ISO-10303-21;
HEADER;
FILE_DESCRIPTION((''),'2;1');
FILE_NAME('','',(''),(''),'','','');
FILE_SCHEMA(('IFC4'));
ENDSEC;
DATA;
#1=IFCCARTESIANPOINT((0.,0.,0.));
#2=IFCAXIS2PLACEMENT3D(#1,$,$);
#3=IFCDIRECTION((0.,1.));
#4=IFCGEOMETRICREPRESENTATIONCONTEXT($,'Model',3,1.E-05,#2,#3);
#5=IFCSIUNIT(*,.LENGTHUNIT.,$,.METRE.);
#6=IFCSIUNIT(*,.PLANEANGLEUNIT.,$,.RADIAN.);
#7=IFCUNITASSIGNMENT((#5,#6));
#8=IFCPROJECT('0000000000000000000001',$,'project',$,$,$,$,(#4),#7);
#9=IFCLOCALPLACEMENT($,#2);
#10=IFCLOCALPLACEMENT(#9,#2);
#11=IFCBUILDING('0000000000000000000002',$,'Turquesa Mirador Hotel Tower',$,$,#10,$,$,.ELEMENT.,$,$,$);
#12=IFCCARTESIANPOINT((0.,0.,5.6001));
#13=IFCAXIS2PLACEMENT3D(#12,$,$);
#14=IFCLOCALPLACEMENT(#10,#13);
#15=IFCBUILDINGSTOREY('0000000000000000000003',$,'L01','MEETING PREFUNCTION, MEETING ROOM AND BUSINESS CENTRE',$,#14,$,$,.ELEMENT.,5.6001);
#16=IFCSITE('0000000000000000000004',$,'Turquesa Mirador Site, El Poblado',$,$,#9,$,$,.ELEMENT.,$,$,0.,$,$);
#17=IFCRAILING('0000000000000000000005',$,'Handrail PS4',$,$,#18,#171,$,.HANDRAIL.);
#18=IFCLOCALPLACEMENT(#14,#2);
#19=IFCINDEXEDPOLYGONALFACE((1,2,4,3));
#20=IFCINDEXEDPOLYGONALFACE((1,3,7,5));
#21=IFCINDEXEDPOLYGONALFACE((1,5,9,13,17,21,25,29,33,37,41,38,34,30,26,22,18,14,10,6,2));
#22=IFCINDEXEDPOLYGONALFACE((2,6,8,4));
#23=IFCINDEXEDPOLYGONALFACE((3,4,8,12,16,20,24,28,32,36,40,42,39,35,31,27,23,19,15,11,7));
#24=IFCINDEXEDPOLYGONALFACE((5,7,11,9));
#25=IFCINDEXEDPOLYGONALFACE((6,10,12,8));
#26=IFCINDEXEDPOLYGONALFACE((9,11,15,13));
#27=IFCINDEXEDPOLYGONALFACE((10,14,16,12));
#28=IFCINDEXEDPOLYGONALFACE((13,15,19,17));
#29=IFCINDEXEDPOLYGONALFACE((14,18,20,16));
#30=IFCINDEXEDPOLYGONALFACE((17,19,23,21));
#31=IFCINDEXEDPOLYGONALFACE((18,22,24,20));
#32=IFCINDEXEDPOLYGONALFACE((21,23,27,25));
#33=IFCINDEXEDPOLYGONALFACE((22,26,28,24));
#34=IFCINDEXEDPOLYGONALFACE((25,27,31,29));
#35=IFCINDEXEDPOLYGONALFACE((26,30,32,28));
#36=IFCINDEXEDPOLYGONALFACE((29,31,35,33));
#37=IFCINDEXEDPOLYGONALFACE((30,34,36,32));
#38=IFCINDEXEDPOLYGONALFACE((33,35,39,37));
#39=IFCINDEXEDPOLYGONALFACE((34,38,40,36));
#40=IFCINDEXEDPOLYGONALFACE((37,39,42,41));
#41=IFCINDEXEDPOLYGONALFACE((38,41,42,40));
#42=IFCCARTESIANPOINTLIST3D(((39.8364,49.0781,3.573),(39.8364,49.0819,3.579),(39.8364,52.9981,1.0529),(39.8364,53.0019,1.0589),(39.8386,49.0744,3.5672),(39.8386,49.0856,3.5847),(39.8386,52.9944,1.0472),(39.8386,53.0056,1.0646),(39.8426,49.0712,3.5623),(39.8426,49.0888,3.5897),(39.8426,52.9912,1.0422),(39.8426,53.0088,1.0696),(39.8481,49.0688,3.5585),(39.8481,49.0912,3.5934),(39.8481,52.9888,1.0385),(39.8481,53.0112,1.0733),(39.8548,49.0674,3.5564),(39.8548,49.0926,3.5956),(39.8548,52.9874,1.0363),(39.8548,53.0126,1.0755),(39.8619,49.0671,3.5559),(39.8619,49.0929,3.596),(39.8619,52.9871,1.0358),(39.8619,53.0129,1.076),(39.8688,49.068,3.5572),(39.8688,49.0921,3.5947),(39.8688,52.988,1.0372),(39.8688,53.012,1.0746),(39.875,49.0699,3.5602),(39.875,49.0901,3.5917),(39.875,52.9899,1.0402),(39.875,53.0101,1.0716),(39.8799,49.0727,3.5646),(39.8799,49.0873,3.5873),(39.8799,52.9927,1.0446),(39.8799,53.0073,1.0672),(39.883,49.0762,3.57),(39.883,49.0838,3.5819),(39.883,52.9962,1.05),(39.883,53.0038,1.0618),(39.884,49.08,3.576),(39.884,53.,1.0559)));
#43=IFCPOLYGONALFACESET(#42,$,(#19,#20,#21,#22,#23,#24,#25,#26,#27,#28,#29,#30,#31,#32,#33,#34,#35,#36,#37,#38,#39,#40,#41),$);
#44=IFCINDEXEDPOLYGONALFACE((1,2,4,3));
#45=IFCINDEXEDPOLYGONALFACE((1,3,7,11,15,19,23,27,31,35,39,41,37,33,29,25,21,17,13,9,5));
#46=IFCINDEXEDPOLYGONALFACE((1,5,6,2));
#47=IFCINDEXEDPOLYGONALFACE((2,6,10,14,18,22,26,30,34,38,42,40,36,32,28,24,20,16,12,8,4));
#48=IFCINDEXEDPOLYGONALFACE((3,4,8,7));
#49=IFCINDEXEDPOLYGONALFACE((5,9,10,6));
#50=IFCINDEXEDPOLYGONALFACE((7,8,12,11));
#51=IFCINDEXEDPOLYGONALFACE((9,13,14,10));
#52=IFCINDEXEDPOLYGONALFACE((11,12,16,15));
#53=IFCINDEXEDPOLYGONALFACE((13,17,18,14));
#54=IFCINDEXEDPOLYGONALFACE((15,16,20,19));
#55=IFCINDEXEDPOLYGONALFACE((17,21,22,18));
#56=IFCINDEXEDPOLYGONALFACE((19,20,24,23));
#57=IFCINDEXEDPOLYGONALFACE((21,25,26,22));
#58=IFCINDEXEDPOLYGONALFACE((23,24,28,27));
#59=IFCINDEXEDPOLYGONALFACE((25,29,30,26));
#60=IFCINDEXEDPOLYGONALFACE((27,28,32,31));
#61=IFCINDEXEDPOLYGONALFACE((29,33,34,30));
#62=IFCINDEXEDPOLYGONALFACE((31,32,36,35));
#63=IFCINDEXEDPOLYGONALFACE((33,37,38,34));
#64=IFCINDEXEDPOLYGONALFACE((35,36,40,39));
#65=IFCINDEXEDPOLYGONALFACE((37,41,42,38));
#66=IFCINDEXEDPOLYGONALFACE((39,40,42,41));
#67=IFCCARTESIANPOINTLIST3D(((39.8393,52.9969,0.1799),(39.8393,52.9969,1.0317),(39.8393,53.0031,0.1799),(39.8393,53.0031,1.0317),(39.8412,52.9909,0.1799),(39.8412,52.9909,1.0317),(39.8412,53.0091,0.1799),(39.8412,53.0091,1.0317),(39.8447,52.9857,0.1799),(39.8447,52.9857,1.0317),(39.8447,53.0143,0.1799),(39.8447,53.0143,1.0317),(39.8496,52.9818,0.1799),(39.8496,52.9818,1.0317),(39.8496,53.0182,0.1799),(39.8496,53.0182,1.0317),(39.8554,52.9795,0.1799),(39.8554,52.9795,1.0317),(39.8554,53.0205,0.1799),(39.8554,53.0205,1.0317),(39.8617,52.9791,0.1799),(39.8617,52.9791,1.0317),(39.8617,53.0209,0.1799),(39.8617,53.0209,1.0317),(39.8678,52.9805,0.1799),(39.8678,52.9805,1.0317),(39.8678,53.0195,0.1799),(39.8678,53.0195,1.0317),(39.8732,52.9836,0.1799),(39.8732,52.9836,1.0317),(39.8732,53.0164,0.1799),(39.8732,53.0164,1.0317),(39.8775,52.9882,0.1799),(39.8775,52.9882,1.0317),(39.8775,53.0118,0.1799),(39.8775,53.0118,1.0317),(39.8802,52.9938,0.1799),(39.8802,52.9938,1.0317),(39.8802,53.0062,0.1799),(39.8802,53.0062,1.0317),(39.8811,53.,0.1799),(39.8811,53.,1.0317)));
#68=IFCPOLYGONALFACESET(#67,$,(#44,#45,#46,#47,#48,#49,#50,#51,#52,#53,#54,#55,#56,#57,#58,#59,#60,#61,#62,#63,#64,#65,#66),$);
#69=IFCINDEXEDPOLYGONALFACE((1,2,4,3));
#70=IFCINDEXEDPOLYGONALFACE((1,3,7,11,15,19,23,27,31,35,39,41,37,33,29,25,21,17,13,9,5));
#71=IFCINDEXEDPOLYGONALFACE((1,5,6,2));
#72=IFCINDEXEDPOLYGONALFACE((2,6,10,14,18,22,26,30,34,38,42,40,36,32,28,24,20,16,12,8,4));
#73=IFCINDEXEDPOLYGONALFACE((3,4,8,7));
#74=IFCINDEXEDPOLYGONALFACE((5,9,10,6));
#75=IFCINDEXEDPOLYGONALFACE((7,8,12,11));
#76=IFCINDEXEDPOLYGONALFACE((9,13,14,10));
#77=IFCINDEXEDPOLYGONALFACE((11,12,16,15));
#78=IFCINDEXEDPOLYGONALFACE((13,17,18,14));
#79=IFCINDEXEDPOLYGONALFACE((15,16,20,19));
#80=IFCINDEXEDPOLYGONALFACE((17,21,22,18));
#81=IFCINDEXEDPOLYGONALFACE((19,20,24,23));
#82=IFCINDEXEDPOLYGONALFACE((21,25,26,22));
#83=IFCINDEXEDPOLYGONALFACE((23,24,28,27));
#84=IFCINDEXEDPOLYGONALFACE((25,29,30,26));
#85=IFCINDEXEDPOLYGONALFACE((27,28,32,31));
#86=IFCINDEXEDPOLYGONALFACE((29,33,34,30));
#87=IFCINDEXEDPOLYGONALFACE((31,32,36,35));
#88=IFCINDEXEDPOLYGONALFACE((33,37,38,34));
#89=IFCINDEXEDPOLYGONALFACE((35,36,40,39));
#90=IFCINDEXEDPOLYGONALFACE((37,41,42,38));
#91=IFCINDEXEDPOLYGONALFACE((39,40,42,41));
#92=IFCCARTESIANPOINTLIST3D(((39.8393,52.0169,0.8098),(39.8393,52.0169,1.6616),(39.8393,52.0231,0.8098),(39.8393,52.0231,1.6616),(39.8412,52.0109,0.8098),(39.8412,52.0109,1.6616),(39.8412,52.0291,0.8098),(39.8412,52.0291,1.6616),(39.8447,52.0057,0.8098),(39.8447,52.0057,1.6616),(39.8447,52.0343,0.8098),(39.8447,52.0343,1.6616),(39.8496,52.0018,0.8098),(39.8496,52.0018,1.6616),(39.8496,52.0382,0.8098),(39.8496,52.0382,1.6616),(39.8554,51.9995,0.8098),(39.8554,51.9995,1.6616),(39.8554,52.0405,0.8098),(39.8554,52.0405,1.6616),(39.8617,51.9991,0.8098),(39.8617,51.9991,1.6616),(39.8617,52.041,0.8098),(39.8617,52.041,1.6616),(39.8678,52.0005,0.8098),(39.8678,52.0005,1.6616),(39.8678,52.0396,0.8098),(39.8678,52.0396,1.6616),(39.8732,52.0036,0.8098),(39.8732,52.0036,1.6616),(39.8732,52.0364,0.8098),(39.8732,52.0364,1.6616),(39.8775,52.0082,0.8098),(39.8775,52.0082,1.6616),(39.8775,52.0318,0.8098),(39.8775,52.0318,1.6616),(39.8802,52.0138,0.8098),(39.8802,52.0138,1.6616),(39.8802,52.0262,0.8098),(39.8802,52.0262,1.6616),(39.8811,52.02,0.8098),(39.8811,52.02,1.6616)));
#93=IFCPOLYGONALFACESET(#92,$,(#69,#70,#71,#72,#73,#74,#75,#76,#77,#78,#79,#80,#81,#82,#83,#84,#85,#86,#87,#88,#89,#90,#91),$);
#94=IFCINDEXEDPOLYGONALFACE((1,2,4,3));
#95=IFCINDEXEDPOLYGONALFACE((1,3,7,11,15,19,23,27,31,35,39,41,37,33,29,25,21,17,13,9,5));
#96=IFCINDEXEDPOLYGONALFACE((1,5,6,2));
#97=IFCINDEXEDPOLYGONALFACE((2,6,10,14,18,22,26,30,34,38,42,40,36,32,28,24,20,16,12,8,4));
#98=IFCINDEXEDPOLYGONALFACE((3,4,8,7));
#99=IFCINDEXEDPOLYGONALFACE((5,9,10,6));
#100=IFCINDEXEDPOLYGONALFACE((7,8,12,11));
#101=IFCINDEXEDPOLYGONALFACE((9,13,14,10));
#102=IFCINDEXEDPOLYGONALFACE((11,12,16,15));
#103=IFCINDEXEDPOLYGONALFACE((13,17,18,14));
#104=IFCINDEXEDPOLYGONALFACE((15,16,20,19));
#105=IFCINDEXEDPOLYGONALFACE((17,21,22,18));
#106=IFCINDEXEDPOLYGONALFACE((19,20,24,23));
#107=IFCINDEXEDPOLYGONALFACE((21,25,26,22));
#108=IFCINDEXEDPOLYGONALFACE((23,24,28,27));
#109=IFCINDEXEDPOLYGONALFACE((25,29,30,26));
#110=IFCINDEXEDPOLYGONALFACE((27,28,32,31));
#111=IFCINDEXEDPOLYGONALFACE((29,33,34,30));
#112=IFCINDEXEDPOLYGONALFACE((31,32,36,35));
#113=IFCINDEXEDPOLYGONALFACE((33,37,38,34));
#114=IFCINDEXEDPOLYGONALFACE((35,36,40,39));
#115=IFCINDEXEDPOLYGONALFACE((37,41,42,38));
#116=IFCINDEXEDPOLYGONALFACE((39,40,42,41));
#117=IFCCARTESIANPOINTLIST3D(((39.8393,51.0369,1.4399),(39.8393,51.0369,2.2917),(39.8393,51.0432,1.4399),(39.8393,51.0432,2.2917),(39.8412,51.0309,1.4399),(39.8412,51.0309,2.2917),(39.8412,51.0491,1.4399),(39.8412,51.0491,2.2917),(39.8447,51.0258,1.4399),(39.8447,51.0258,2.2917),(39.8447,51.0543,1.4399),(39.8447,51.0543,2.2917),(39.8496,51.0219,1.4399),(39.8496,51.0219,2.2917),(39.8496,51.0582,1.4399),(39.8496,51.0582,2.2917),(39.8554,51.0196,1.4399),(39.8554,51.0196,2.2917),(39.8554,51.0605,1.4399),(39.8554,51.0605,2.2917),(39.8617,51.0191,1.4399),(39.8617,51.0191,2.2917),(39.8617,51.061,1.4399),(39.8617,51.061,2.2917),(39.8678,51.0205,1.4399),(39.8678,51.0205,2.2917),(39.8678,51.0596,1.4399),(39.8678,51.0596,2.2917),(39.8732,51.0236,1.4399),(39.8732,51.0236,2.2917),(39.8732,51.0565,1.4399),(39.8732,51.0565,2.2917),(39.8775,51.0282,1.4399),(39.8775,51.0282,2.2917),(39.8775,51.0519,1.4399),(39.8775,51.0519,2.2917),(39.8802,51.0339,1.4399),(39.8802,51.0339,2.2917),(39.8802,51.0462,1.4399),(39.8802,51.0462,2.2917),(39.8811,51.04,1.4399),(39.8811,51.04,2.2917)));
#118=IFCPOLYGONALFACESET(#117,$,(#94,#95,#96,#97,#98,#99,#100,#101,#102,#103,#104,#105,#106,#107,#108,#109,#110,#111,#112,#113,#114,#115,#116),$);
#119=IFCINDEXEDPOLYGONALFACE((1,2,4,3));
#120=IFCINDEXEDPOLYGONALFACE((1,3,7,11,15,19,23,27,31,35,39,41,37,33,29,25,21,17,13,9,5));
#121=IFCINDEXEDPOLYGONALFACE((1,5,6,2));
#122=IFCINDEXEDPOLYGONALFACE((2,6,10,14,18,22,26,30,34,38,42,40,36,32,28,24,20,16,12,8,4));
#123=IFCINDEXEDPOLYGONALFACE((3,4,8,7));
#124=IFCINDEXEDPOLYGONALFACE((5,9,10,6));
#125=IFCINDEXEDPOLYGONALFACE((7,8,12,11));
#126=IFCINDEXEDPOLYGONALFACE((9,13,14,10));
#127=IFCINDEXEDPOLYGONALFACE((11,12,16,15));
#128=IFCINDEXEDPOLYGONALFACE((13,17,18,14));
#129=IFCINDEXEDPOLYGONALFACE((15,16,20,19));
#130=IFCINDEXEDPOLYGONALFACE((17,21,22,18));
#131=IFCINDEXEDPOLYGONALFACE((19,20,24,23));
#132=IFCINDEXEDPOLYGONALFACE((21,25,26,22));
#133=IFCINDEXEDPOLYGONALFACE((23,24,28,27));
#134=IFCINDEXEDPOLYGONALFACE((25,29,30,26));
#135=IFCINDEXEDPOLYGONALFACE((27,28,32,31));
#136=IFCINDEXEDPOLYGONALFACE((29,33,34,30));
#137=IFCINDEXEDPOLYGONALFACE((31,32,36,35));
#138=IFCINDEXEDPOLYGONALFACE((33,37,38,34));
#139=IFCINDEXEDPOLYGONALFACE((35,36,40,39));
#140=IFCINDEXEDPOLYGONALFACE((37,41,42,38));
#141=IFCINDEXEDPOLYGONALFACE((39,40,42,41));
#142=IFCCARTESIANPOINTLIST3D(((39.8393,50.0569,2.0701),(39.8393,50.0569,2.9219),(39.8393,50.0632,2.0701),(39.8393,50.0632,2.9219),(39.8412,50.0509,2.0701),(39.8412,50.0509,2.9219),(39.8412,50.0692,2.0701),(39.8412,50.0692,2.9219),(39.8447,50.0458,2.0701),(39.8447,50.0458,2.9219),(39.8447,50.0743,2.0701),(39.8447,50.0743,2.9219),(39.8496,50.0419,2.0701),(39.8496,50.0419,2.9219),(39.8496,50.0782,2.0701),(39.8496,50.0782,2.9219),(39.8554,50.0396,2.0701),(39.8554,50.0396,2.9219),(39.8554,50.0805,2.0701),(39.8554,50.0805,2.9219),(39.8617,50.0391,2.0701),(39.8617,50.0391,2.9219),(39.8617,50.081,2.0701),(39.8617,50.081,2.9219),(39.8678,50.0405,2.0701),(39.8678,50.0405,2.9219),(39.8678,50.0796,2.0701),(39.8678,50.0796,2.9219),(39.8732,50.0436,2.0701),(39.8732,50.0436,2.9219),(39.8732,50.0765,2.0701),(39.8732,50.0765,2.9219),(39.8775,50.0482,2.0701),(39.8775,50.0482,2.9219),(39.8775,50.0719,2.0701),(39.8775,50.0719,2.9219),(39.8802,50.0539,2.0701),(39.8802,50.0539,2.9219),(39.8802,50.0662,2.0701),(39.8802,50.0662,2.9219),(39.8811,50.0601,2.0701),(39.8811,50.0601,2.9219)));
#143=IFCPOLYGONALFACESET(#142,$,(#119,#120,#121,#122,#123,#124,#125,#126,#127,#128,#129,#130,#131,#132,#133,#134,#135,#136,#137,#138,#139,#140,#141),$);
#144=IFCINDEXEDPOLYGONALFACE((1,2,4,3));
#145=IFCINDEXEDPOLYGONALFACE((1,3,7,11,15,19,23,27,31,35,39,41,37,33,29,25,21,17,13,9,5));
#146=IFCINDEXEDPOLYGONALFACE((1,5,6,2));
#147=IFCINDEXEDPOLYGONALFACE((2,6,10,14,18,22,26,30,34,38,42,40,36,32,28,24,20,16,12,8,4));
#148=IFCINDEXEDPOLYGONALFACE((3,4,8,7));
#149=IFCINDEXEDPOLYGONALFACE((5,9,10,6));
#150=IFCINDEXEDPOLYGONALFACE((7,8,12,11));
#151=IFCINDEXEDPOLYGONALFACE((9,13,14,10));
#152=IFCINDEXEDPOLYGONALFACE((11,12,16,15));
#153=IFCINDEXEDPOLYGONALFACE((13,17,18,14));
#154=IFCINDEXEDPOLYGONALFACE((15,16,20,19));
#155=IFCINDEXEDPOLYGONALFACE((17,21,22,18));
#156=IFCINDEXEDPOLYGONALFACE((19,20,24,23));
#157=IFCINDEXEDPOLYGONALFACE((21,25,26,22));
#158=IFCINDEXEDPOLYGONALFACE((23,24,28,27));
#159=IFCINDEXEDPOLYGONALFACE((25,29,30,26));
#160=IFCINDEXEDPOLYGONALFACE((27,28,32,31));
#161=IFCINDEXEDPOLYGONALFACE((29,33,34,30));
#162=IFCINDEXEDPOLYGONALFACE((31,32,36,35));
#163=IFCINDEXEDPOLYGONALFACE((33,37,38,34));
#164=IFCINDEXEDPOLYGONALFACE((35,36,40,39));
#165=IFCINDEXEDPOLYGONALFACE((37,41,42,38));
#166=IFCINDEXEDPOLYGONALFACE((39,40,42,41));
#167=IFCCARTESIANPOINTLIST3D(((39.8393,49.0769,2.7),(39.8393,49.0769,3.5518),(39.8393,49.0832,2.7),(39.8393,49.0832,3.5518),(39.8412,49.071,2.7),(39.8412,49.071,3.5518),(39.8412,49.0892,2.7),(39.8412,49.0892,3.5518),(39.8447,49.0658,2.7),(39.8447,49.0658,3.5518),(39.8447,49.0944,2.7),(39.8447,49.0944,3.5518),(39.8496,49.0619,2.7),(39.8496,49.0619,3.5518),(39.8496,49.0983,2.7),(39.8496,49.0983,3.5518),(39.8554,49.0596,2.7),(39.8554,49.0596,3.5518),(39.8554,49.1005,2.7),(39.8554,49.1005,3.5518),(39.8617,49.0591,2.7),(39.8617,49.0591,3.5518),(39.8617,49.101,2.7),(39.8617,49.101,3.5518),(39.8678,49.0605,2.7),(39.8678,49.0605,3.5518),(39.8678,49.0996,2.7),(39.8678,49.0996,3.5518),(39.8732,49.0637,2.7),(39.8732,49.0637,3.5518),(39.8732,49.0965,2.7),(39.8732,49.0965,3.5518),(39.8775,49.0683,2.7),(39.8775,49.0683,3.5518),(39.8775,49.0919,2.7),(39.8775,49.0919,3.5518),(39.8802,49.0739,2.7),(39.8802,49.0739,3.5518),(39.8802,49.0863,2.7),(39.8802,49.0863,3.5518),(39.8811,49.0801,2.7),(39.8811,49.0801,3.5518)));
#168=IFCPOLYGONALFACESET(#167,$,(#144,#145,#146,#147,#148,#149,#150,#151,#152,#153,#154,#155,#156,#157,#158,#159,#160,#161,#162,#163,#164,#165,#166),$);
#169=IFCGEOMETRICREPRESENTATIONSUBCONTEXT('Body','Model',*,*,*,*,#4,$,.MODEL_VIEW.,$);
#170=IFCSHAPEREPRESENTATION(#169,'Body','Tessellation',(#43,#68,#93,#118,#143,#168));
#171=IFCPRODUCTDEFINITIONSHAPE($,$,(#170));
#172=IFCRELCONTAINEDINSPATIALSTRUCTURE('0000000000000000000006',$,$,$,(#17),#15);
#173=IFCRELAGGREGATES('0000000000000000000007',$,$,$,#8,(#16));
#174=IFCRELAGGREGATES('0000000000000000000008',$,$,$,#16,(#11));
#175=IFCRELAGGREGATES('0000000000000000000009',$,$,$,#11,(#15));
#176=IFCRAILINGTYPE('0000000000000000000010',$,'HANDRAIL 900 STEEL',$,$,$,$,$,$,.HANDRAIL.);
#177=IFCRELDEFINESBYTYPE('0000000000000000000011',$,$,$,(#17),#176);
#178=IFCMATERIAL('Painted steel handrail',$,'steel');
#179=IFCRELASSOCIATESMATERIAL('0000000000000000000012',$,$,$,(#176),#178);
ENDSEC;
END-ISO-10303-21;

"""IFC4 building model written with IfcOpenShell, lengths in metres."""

from ifc_helpers import new_model, si_unit, direction, frame, origin, origin_2d, place, context, subcontext, project, spatial, circle, extrude, material, type_object, element, save


model = new_model("IFC4")

# Units and contexts
model_context = context("Model", 3, precision=1e-05, world=origin(), true_north=direction((0.0, 1.0)))
body_context = subcontext(model_context, "Body", "Model", "MODEL_VIEW")
ifc_project = project(units=[si_unit("LENGTHUNIT", "METRE"), si_unit("PLANEANGLEUNIT", "RADIAN")], contexts=[model_context])

# Site, building, storey
site_placement = place(None, origin())
site = spatial("IfcSite", under=ifc_project, at=site_placement, Name="Turquesa Mirador Site, El Poblado", CompositionType="ELEMENT", RefElevation=0.0)
building_placement = place(site_placement, origin())
building = spatial("IfcBuilding", under=site, at=building_placement, Name="Turquesa Mirador Hotel Tower", CompositionType="ELEMENT")
storey_placement = place(building_placement, frame((0.0, 0.0, 5.6001)))
storey = spatial("IfcBuildingStorey", under=building, at=storey_placement, Name="L01", Description="MEETING PREFUNCTION, MEETING ROOM AND BUSINESS CENTRE", CompositionType="ELEMENT", Elevation=5.6001)

# Railing
ifc_material_1 = material(Name="Painted steel handrail", Category="steel")
railing_type = type_object("IfcRailingType", Name="HANDRAIL 900 STEEL", PredefinedType="HANDRAIL", material=ifc_material_1)
railing_1_placement = place(storey_placement, frame((39.8601, 53.0, 0.1799)))
element("IfcRailing", 1, at=railing_1_placement, inside=storey, type_object=railing_type, Name="Handrail PS4", PredefinedType="HANDRAIL", context=body_context, shape_type="SweptSolid", body=[
    extrude(circle(Radius=0.0239, at=origin_2d()), frame((0.0, 0.0, 0.876), z_axis=(0.0, -0.841172, 0.540768), x_axis=(1.0, 0.0, 0.0)), (0.0, 0.0, 1.0), 4.6602),
    extrude(circle(Radius=0.021, at=origin_2d()), origin(), (0.0, 0.0, 1.0), 0.8518),
    extrude(circle(Radius=0.021, at=origin_2d()), frame((0.0, -0.98, 0.6299)), (0.0, 0.0, 1.0), 0.8518),
    extrude(circle(Radius=0.021, at=origin_2d()), frame((0.0, -1.96, 1.26)), (0.0, 0.0, 1.0), 0.8518),
    extrude(circle(Radius=0.021, at=origin_2d()), frame((0.0, -2.9399, 1.8901)), (0.0, 0.0, 1.0), 0.8518),
    extrude(circle(Radius=0.021, at=origin_2d()), frame((0.0, -3.9199, 2.52)), (0.0, 0.0, 1.0), 0.8518),
])

save(model, "model.ifc")
